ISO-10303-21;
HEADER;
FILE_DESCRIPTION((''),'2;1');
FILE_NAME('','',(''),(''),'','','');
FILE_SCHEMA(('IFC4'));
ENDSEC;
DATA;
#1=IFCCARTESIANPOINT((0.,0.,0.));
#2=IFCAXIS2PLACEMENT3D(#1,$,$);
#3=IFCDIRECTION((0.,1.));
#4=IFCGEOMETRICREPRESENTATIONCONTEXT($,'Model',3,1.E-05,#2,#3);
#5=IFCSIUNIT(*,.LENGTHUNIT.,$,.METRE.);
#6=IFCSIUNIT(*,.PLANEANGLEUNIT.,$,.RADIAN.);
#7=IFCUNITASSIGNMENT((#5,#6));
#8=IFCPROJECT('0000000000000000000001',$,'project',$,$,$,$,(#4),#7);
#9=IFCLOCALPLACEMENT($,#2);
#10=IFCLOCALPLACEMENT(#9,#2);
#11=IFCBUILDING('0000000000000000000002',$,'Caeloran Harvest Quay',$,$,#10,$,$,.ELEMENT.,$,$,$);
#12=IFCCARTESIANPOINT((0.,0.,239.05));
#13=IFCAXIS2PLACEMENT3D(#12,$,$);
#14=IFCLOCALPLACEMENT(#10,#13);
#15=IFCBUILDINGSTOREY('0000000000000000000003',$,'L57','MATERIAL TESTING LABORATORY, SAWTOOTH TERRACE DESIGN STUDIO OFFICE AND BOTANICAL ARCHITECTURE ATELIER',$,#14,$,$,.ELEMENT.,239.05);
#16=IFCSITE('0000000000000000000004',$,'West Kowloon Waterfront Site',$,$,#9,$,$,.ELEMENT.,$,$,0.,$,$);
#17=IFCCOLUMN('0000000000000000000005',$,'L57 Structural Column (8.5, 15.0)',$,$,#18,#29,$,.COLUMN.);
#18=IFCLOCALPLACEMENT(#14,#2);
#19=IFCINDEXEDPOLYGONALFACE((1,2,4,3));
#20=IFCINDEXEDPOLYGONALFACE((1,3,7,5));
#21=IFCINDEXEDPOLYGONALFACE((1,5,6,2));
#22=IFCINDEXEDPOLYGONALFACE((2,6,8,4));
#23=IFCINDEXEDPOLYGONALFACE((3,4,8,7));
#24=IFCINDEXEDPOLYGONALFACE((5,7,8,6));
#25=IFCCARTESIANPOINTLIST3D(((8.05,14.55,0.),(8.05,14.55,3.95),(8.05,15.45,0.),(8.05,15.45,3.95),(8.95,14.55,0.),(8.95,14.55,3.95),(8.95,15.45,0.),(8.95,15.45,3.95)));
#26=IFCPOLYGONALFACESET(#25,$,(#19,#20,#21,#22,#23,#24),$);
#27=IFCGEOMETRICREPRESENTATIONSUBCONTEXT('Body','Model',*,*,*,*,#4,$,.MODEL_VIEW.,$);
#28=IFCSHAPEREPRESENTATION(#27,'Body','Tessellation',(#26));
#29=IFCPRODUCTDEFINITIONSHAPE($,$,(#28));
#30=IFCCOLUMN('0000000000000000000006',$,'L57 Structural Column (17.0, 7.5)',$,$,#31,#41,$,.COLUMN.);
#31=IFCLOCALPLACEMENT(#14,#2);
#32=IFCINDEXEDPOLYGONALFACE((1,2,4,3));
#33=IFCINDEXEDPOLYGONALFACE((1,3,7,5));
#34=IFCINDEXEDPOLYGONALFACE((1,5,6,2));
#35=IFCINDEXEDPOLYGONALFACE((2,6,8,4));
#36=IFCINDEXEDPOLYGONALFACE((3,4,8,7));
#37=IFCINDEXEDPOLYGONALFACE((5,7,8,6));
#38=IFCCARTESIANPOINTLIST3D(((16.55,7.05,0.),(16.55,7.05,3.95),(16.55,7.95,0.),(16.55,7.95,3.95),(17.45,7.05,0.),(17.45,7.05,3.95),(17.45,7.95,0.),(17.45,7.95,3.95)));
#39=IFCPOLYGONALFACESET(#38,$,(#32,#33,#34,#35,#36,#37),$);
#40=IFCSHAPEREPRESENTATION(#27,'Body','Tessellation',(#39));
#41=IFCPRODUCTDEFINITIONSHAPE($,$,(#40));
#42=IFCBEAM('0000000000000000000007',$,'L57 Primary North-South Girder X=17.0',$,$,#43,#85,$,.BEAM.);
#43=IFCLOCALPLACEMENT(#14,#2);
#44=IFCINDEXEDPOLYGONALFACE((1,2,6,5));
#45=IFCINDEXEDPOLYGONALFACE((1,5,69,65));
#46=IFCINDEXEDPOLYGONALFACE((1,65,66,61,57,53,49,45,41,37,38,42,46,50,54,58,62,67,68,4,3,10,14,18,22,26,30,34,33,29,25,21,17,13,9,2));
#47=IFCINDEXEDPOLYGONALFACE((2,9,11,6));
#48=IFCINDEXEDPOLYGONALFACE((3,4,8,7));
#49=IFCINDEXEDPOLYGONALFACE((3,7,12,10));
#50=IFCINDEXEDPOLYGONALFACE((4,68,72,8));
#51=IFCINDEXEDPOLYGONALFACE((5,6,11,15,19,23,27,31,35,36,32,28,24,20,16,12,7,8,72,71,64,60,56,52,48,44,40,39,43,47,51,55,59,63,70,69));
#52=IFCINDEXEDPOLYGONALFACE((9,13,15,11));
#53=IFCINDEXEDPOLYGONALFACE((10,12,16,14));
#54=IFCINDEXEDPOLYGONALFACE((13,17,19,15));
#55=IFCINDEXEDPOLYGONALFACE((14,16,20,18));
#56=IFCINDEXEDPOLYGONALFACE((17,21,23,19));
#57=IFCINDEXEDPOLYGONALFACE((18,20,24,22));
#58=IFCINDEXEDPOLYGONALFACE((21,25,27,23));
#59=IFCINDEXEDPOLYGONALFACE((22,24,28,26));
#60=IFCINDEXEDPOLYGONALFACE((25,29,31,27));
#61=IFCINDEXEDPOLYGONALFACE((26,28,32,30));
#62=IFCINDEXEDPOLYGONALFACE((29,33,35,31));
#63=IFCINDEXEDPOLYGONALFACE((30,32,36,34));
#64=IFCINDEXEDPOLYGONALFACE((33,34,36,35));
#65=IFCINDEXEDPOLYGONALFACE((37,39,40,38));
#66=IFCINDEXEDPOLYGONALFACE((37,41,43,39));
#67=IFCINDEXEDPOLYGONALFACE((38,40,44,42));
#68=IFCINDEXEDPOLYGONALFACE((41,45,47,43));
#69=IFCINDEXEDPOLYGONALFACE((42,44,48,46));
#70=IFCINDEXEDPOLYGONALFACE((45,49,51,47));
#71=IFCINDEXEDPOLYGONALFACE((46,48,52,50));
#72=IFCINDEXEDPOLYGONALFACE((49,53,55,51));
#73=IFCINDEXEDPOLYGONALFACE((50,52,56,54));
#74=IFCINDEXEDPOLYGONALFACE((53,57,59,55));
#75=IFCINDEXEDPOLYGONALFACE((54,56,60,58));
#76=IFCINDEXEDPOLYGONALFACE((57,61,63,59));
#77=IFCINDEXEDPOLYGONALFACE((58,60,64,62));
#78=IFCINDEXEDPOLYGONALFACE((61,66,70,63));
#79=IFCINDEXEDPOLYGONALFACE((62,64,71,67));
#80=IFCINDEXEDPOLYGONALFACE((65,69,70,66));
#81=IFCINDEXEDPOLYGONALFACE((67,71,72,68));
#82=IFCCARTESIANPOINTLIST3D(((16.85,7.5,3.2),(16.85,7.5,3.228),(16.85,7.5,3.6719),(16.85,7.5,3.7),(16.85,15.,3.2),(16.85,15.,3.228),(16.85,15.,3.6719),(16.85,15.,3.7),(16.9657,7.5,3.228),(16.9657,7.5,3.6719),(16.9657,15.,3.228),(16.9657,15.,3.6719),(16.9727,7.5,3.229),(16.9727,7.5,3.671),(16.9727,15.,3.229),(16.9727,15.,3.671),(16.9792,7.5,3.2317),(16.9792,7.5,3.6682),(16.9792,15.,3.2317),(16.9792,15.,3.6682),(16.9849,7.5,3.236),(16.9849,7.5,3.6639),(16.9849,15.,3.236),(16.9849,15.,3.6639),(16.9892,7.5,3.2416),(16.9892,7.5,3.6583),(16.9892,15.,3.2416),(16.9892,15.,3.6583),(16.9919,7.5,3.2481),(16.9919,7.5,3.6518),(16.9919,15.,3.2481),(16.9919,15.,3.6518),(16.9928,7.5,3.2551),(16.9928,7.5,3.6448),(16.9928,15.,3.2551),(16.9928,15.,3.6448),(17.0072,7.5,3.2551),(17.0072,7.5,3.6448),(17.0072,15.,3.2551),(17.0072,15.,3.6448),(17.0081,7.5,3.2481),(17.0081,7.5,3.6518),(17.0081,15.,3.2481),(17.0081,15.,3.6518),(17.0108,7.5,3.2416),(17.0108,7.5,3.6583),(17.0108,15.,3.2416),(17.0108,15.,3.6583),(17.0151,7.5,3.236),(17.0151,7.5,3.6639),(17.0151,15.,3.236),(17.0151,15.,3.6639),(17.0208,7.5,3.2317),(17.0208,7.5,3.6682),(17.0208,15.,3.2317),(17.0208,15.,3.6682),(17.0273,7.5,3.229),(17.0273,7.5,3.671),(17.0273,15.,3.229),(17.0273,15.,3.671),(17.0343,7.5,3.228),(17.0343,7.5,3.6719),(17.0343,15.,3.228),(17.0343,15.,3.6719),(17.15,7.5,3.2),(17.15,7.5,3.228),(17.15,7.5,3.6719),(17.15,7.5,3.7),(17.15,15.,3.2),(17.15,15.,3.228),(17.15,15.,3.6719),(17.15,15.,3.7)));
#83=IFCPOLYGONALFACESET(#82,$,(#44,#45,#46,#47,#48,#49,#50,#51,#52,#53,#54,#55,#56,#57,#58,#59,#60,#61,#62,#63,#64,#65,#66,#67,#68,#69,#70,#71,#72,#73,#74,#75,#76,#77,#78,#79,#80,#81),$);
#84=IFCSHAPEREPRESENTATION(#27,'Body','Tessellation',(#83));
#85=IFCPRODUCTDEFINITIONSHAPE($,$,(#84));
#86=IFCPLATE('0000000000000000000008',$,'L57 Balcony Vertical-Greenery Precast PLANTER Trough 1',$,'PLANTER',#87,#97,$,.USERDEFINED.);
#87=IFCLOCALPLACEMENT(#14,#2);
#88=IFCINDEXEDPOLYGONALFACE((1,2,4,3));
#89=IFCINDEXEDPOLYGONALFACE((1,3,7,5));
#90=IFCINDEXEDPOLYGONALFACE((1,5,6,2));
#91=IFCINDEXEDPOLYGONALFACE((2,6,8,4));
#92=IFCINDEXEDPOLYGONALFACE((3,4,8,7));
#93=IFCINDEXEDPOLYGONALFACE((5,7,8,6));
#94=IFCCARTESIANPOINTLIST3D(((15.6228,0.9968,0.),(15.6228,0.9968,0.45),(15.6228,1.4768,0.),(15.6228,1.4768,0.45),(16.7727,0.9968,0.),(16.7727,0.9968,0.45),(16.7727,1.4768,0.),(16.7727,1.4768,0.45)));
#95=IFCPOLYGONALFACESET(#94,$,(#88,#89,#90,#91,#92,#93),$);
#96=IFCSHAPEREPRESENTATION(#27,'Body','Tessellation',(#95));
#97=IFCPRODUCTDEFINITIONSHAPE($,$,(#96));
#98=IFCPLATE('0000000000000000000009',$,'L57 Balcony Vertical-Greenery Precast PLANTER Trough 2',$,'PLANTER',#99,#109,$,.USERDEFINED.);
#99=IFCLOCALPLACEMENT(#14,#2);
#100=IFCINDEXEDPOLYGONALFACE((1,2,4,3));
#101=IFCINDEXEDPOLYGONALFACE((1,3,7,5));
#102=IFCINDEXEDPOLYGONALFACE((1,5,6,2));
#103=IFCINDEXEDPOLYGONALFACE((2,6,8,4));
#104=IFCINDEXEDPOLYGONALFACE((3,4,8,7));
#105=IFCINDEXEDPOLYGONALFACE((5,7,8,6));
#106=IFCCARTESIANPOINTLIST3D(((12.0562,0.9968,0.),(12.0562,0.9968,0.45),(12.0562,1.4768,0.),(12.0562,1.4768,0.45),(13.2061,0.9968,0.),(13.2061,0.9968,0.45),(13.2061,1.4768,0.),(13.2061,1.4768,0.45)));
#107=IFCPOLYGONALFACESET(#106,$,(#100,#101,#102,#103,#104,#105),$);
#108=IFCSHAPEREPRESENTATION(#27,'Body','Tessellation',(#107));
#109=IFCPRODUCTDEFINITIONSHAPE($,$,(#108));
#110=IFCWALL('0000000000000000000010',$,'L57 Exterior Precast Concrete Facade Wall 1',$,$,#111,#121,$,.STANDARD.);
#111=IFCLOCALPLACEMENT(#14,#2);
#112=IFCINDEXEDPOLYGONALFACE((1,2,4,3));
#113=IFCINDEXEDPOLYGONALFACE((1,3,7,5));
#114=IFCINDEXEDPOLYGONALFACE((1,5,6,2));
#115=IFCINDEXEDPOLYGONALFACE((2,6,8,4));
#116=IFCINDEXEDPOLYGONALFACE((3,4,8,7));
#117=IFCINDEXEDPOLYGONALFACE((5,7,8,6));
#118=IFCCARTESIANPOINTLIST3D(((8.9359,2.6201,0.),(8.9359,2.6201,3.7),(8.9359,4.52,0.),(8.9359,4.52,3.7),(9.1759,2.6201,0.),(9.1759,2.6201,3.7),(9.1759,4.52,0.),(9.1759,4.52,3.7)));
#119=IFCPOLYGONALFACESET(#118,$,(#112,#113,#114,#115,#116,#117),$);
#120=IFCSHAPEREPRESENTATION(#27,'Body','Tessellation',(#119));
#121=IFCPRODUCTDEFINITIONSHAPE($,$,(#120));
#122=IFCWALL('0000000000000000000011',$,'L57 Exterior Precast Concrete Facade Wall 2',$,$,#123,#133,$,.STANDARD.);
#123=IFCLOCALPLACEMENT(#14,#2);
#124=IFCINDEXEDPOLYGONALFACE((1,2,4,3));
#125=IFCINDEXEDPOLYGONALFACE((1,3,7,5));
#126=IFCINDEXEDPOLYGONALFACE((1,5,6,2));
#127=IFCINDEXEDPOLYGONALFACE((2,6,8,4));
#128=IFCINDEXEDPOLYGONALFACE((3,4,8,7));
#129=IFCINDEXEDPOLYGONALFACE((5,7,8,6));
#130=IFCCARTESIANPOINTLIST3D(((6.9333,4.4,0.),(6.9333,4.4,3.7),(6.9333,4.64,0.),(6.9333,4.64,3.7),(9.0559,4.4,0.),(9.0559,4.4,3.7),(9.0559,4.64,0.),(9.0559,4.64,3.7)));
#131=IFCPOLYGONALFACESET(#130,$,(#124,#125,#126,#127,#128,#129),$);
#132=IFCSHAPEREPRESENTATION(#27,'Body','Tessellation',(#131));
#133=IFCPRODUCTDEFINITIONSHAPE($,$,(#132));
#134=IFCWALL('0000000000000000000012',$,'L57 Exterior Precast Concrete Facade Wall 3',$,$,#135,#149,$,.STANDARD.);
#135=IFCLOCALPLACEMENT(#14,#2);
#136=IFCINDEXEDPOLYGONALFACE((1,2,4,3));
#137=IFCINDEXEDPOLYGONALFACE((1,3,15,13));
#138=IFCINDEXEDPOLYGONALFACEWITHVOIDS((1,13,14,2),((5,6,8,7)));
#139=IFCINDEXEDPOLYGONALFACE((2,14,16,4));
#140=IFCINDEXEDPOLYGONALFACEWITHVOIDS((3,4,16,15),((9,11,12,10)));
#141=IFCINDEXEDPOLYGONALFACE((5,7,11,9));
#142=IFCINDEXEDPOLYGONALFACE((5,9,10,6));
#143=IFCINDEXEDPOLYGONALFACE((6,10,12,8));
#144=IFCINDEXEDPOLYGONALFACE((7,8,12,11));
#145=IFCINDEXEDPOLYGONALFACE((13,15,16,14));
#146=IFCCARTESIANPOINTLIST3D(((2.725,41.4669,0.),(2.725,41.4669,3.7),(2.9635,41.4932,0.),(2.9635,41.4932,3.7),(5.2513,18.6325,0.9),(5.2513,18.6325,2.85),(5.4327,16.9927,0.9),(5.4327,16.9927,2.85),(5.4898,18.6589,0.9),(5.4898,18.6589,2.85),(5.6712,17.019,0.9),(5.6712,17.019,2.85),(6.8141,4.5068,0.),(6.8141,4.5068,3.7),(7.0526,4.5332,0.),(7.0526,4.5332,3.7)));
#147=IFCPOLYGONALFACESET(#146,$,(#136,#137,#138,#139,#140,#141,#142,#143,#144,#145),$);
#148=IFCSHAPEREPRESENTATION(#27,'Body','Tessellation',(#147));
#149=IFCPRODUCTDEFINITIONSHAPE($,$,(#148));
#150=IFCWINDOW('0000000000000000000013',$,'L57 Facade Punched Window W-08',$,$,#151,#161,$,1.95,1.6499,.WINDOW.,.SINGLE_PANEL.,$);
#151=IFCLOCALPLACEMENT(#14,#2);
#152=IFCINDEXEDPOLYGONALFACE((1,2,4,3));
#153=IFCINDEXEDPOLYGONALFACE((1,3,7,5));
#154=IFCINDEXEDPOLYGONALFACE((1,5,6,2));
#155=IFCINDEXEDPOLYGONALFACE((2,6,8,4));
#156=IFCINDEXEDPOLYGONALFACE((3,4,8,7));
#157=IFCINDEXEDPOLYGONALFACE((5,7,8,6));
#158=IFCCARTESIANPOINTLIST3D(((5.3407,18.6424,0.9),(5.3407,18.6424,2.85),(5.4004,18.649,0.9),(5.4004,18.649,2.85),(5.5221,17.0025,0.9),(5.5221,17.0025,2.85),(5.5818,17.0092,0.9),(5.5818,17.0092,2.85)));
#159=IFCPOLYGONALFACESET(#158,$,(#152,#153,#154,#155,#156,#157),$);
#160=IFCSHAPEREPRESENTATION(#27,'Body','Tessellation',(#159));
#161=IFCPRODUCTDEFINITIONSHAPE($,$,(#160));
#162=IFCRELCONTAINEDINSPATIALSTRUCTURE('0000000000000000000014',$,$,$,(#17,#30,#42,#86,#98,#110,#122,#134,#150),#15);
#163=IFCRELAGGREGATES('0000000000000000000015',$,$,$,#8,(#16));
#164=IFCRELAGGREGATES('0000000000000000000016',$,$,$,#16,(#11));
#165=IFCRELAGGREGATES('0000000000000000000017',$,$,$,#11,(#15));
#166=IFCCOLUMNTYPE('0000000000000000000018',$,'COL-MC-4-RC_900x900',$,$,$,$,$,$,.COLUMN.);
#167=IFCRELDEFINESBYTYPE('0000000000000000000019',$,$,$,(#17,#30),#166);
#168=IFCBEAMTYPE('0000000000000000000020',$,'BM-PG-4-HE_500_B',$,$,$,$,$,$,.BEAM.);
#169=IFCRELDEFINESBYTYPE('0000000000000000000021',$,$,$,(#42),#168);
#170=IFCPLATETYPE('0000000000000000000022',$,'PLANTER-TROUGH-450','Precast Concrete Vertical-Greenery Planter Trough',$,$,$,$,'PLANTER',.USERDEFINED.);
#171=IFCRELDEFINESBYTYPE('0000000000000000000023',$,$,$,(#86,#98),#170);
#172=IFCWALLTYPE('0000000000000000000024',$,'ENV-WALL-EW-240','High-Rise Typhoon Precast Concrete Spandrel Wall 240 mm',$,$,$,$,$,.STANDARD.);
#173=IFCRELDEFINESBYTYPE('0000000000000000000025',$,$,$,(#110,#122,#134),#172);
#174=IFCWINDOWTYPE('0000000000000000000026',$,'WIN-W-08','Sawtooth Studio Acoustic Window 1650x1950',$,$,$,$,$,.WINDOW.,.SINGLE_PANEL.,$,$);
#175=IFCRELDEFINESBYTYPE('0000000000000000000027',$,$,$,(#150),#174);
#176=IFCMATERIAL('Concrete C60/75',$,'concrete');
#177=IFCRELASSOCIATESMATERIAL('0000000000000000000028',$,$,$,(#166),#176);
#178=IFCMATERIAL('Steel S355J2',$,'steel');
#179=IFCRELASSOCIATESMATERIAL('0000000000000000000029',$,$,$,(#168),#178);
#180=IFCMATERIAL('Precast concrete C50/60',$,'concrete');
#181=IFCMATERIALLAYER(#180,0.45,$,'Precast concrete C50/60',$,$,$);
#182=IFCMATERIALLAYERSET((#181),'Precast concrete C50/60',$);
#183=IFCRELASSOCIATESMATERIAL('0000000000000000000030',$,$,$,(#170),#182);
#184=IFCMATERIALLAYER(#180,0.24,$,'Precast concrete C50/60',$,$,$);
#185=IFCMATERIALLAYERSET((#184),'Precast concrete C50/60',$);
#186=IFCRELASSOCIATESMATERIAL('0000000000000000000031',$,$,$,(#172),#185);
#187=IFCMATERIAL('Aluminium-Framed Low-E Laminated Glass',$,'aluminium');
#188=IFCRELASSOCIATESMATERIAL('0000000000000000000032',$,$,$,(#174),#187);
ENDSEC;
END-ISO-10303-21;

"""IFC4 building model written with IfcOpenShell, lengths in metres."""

from ifc_helpers import new_model, si_unit, direction, frame, frame_2d, origin, origin_2d, place, context, subcontext, project, spatial, rectangle, i_section, extrude, material, layer, layer_set, material_profile, profile_set, type_object, element, fill, save


model = new_model("IFC4")

# Units and contexts
model_context = context("Model", 3, precision=1e-05, world=origin(), true_north=direction((0.0, 1.0)))
body_context = subcontext(model_context, "Body", "Model", "MODEL_VIEW")
ifc_project = project(units=[si_unit("LENGTHUNIT", "METRE"), si_unit("PLANEANGLEUNIT", "RADIAN")], contexts=[model_context])

# Site, building, storey
site_placement = place(None, origin())
site = spatial("IfcSite", under=ifc_project, at=site_placement, Name="West Kowloon Waterfront Site", CompositionType="ELEMENT", RefElevation=0.0)
building_placement = place(site_placement, origin())
building = spatial("IfcBuilding", under=site, at=building_placement, Name="Caeloran Harvest Quay", CompositionType="ELEMENT")
storey_placement = place(building_placement, frame((0.0, 0.0, 239.05)))
storey = spatial("IfcBuildingStorey", under=building, at=storey_placement, Name="L57", Description="MATERIAL TESTING LABORATORY, SAWTOOTH TERRACE DESIGN STUDIO OFFICE AND BOTANICAL ARCHITECTURE ATELIER", CompositionType="ELEMENT", Elevation=239.05)

# Columns
ifc_material_1 = material(Name="Concrete C60/75", Category="concrete")
ifc_material_profile_1 = material_profile(ifc_material_1, rectangle(XDim=0.8999, YDim=0.8999, at=origin_2d()), Name="RC 900x900")
ifc_profile_set_1 = profile_set([ifc_material_profile_1], Name="Concrete C60/75")
column_type = type_object("IfcColumnType", Name="COL-MC-4-RC_900x900", PredefinedType="COLUMN", material=ifc_profile_set_1)
for number, where, z_axis, x_axis, name in (
    (1, (8.5, 15.0, 0.0), (0.0, 0.0, 1.0), (1.0, 0.0, 0.0), "L57 Structural Column (8.5, 15.0)"),
    (2, (17.0, 7.5, 0.0), (0.0, 0.0, 1.0), (1.0, 0.0, 0.0), "L57 Structural Column (17.0, 7.5)"),
):
    element("IfcColumn", number, at=place(storey_placement, frame(where, z_axis=z_axis, x_axis=x_axis)), inside=storey, type_object=column_type, Name=name, PredefinedType="COLUMN", context=body_context, shape_type="SweptSolid", body=[
        extrude(rectangle(XDim=0.8999, YDim=0.8999, at=origin_2d()), origin(), (0.0, 0.0, 1.0), 3.95),
    ])

# Beam
ifc_material_2 = material(Name="Steel S355J2", Category="steel")
ifc_material_profile_2 = material_profile(ifc_material_2, i_section(OverallWidth=0.3, OverallDepth=0.5, WebThickness=0.0144, FlangeThickness=0.0281, FilletRadius=0.0271, at=origin_2d()), Name="HE 500 B")
ifc_profile_set_2 = profile_set([ifc_material_profile_2], Name="Steel S355J2")
beam_type = type_object("IfcBeamType", Name="BM-PG-4-HE_500_B", PredefinedType="BEAM", material=ifc_profile_set_2)
beam_placement = place(storey_placement, frame((17.0, 7.5, 3.45), z_axis=(0.0, 1.0, 0.0), x_axis=(-1.0, 0.0, 0.0)))
element("IfcBeam", 3, at=beam_placement, inside=storey, type_object=beam_type, Name="L57 Primary North-South Girder X=17.0", PredefinedType="BEAM", context=body_context, shape_type="SweptSolid", body=[
    extrude(i_section(OverallWidth=0.3, OverallDepth=0.5, WebThickness=0.0144, FlangeThickness=0.0281, FilletRadius=0.0271, at=origin_2d()), origin(), (0.0, 0.0, 1.0), 7.5),
])

# Plates
ifc_material_3 = material(Name="Precast concrete C50/60", Category="concrete")
ifc_layer_1 = layer(ifc_material_3, 0.45, Name="Precast concrete C50/60")
ifc_layer_set_1 = layer_set([ifc_layer_1], Name="Precast concrete C50/60")
plate_type = type_object("IfcPlateType", Name="PLANTER-TROUGH-450", Description="Precast Concrete Vertical-Greenery Planter Trough", ElementType="PLANTER", PredefinedType="USERDEFINED", material=ifc_layer_set_1)
for number, where, z_axis, x_axis, name in (
    (4, (16.1978, 1.2368, 0.0), (0.0, 0.0, 1.0), (1.0, 0.0, 0.0), "L57 Balcony Vertical-Greenery Precast PLANTER Trough 1"),
    (5, (12.6311, 1.2368, 0.0), (0.0, 0.0, 1.0), (1.0, 0.0, 0.0), "L57 Balcony Vertical-Greenery Precast PLANTER Trough 2"),
):
    element("IfcPlate", number, at=place(storey_placement, frame(where, z_axis=z_axis, x_axis=x_axis)), inside=storey, type_object=plate_type, Name=name, ObjectType="PLANTER", PredefinedType="USERDEFINED", context=body_context, shape_type="SweptSolid", body=[
        extrude(rectangle(XDim=1.1499, YDim=0.48, at=origin_2d()), origin(), (0.0, 0.0, 1.0), 0.45),
    ])

# Walls
ifc_layer_2 = layer(ifc_material_3, 0.24, Name="Precast concrete C50/60")
ifc_layer_set_2 = layer_set([ifc_layer_2], Name="Precast concrete C50/60")
wall_type_1 = type_object("IfcWallType", Name="ENV-WALL-EW-240", Description="High-Rise Typhoon Precast Concrete Spandrel Wall 240 mm", PredefinedType="STANDARD", material=ifc_layer_set_2)
wall_1_placement = place(storey_placement, frame((9.0559, 2.6201, 0.0), z_axis=(0.0, 0.0, 1.0), x_axis=(0.0, 1.0, 0.0)))
element("IfcWall", 6, at=wall_1_placement, inside=storey, type_object=wall_type_1, Name="L57 Exterior Precast Concrete Facade Wall 1", PredefinedType="STANDARD", context=body_context, shape_type="SweptSolid", body=[
    extrude(rectangle(XDim=1.8999, YDim=0.24, at=frame_2d((0.95, 0.0))), origin(), (0.0, 0.0, 1.0), 3.7),
])
wall_2_placement = place(storey_placement, frame((9.0559, 4.52, 0.0), z_axis=(0.0, 0.0, 1.0), x_axis=(-1.0, 0.0, 0.0)))
element("IfcWall", 7, at=wall_2_placement, inside=storey, type_object=wall_type_1, Name="L57 Exterior Precast Concrete Facade Wall 2", PredefinedType="STANDARD", context=body_context, shape_type="SweptSolid", body=[
    extrude(rectangle(XDim=2.1226, YDim=0.24, at=frame_2d((1.0613, 0.0))), origin(), (0.0, 0.0, 1.0), 3.7),
])

# Wall, opening, window
wall_3_placement = place(storey_placement, frame((6.9333, 4.52, 0.0), z_axis=(0.0, 0.0, 1.0), x_axis=(-0.109965, 0.993935, 0.0)))
wall_3 = element("IfcWall", 8, at=wall_3_placement, inside=storey, type_object=wall_type_1, Name="L57 Exterior Precast Concrete Facade Wall 3", PredefinedType="STANDARD", context=body_context, shape_type="SweptSolid", body=[
    extrude(rectangle(XDim=37.1855, YDim=0.24, at=frame_2d((18.5928, 0.0))), origin(), (0.0, 0.0, 1.0), 3.7),
])
opening_1_placement = place(wall_3_placement, frame((12.562, 0.0, 0.8999)))
opening_1 = element("IfcOpeningElement", 9, at=opening_1_placement, cuts=wall_3, PredefinedType="OPENING", context=body_context, shape_type="SweptSolid", body=[
    extrude(rectangle(XDim=1.6499, YDim=1.95, at=frame_2d((0.825, 0.9751))), frame((0.0, 0.1299, 0.0), z_axis=(0.0, -1.0, 0.0), x_axis=(1.0, 0.0, 0.0)), (0.0, 0.0, 1.0), 0.26),
])
ifc_material_4 = material(Name="Aluminium-Framed Low-E Laminated Glass", Category="aluminium")
window_type = type_object("IfcWindowType", Name="WIN-W-08", Description="Sawtooth Studio Acoustic Window 1650x1950", PartitioningType="SINGLE_PANEL", PredefinedType="WINDOW", material=ifc_material_4)
window_1_placement = place(opening_1_placement, origin())
window_1 = element("IfcWindow", 10, at=window_1_placement, inside=storey, type_object=window_type, Name="L57 Facade Punched Window W-08", OverallHeight=1.95, OverallWidth=1.6499, PartitioningType="SINGLE_PANEL", PredefinedType="WINDOW", context=body_context, shape_type="SweptSolid", body=[
    extrude(rectangle(XDim=1.6499, YDim=1.95, at=frame_2d((0.825, 0.9751))), frame((0.0, 0.03, 0.0), z_axis=(0.0, -1.0, 0.0), x_axis=(1.0, 0.0, 0.0)), (0.0, 0.0, 1.0), 0.0601),
])
fill(opening_1, window_1)

save(model, "model.ifc")
